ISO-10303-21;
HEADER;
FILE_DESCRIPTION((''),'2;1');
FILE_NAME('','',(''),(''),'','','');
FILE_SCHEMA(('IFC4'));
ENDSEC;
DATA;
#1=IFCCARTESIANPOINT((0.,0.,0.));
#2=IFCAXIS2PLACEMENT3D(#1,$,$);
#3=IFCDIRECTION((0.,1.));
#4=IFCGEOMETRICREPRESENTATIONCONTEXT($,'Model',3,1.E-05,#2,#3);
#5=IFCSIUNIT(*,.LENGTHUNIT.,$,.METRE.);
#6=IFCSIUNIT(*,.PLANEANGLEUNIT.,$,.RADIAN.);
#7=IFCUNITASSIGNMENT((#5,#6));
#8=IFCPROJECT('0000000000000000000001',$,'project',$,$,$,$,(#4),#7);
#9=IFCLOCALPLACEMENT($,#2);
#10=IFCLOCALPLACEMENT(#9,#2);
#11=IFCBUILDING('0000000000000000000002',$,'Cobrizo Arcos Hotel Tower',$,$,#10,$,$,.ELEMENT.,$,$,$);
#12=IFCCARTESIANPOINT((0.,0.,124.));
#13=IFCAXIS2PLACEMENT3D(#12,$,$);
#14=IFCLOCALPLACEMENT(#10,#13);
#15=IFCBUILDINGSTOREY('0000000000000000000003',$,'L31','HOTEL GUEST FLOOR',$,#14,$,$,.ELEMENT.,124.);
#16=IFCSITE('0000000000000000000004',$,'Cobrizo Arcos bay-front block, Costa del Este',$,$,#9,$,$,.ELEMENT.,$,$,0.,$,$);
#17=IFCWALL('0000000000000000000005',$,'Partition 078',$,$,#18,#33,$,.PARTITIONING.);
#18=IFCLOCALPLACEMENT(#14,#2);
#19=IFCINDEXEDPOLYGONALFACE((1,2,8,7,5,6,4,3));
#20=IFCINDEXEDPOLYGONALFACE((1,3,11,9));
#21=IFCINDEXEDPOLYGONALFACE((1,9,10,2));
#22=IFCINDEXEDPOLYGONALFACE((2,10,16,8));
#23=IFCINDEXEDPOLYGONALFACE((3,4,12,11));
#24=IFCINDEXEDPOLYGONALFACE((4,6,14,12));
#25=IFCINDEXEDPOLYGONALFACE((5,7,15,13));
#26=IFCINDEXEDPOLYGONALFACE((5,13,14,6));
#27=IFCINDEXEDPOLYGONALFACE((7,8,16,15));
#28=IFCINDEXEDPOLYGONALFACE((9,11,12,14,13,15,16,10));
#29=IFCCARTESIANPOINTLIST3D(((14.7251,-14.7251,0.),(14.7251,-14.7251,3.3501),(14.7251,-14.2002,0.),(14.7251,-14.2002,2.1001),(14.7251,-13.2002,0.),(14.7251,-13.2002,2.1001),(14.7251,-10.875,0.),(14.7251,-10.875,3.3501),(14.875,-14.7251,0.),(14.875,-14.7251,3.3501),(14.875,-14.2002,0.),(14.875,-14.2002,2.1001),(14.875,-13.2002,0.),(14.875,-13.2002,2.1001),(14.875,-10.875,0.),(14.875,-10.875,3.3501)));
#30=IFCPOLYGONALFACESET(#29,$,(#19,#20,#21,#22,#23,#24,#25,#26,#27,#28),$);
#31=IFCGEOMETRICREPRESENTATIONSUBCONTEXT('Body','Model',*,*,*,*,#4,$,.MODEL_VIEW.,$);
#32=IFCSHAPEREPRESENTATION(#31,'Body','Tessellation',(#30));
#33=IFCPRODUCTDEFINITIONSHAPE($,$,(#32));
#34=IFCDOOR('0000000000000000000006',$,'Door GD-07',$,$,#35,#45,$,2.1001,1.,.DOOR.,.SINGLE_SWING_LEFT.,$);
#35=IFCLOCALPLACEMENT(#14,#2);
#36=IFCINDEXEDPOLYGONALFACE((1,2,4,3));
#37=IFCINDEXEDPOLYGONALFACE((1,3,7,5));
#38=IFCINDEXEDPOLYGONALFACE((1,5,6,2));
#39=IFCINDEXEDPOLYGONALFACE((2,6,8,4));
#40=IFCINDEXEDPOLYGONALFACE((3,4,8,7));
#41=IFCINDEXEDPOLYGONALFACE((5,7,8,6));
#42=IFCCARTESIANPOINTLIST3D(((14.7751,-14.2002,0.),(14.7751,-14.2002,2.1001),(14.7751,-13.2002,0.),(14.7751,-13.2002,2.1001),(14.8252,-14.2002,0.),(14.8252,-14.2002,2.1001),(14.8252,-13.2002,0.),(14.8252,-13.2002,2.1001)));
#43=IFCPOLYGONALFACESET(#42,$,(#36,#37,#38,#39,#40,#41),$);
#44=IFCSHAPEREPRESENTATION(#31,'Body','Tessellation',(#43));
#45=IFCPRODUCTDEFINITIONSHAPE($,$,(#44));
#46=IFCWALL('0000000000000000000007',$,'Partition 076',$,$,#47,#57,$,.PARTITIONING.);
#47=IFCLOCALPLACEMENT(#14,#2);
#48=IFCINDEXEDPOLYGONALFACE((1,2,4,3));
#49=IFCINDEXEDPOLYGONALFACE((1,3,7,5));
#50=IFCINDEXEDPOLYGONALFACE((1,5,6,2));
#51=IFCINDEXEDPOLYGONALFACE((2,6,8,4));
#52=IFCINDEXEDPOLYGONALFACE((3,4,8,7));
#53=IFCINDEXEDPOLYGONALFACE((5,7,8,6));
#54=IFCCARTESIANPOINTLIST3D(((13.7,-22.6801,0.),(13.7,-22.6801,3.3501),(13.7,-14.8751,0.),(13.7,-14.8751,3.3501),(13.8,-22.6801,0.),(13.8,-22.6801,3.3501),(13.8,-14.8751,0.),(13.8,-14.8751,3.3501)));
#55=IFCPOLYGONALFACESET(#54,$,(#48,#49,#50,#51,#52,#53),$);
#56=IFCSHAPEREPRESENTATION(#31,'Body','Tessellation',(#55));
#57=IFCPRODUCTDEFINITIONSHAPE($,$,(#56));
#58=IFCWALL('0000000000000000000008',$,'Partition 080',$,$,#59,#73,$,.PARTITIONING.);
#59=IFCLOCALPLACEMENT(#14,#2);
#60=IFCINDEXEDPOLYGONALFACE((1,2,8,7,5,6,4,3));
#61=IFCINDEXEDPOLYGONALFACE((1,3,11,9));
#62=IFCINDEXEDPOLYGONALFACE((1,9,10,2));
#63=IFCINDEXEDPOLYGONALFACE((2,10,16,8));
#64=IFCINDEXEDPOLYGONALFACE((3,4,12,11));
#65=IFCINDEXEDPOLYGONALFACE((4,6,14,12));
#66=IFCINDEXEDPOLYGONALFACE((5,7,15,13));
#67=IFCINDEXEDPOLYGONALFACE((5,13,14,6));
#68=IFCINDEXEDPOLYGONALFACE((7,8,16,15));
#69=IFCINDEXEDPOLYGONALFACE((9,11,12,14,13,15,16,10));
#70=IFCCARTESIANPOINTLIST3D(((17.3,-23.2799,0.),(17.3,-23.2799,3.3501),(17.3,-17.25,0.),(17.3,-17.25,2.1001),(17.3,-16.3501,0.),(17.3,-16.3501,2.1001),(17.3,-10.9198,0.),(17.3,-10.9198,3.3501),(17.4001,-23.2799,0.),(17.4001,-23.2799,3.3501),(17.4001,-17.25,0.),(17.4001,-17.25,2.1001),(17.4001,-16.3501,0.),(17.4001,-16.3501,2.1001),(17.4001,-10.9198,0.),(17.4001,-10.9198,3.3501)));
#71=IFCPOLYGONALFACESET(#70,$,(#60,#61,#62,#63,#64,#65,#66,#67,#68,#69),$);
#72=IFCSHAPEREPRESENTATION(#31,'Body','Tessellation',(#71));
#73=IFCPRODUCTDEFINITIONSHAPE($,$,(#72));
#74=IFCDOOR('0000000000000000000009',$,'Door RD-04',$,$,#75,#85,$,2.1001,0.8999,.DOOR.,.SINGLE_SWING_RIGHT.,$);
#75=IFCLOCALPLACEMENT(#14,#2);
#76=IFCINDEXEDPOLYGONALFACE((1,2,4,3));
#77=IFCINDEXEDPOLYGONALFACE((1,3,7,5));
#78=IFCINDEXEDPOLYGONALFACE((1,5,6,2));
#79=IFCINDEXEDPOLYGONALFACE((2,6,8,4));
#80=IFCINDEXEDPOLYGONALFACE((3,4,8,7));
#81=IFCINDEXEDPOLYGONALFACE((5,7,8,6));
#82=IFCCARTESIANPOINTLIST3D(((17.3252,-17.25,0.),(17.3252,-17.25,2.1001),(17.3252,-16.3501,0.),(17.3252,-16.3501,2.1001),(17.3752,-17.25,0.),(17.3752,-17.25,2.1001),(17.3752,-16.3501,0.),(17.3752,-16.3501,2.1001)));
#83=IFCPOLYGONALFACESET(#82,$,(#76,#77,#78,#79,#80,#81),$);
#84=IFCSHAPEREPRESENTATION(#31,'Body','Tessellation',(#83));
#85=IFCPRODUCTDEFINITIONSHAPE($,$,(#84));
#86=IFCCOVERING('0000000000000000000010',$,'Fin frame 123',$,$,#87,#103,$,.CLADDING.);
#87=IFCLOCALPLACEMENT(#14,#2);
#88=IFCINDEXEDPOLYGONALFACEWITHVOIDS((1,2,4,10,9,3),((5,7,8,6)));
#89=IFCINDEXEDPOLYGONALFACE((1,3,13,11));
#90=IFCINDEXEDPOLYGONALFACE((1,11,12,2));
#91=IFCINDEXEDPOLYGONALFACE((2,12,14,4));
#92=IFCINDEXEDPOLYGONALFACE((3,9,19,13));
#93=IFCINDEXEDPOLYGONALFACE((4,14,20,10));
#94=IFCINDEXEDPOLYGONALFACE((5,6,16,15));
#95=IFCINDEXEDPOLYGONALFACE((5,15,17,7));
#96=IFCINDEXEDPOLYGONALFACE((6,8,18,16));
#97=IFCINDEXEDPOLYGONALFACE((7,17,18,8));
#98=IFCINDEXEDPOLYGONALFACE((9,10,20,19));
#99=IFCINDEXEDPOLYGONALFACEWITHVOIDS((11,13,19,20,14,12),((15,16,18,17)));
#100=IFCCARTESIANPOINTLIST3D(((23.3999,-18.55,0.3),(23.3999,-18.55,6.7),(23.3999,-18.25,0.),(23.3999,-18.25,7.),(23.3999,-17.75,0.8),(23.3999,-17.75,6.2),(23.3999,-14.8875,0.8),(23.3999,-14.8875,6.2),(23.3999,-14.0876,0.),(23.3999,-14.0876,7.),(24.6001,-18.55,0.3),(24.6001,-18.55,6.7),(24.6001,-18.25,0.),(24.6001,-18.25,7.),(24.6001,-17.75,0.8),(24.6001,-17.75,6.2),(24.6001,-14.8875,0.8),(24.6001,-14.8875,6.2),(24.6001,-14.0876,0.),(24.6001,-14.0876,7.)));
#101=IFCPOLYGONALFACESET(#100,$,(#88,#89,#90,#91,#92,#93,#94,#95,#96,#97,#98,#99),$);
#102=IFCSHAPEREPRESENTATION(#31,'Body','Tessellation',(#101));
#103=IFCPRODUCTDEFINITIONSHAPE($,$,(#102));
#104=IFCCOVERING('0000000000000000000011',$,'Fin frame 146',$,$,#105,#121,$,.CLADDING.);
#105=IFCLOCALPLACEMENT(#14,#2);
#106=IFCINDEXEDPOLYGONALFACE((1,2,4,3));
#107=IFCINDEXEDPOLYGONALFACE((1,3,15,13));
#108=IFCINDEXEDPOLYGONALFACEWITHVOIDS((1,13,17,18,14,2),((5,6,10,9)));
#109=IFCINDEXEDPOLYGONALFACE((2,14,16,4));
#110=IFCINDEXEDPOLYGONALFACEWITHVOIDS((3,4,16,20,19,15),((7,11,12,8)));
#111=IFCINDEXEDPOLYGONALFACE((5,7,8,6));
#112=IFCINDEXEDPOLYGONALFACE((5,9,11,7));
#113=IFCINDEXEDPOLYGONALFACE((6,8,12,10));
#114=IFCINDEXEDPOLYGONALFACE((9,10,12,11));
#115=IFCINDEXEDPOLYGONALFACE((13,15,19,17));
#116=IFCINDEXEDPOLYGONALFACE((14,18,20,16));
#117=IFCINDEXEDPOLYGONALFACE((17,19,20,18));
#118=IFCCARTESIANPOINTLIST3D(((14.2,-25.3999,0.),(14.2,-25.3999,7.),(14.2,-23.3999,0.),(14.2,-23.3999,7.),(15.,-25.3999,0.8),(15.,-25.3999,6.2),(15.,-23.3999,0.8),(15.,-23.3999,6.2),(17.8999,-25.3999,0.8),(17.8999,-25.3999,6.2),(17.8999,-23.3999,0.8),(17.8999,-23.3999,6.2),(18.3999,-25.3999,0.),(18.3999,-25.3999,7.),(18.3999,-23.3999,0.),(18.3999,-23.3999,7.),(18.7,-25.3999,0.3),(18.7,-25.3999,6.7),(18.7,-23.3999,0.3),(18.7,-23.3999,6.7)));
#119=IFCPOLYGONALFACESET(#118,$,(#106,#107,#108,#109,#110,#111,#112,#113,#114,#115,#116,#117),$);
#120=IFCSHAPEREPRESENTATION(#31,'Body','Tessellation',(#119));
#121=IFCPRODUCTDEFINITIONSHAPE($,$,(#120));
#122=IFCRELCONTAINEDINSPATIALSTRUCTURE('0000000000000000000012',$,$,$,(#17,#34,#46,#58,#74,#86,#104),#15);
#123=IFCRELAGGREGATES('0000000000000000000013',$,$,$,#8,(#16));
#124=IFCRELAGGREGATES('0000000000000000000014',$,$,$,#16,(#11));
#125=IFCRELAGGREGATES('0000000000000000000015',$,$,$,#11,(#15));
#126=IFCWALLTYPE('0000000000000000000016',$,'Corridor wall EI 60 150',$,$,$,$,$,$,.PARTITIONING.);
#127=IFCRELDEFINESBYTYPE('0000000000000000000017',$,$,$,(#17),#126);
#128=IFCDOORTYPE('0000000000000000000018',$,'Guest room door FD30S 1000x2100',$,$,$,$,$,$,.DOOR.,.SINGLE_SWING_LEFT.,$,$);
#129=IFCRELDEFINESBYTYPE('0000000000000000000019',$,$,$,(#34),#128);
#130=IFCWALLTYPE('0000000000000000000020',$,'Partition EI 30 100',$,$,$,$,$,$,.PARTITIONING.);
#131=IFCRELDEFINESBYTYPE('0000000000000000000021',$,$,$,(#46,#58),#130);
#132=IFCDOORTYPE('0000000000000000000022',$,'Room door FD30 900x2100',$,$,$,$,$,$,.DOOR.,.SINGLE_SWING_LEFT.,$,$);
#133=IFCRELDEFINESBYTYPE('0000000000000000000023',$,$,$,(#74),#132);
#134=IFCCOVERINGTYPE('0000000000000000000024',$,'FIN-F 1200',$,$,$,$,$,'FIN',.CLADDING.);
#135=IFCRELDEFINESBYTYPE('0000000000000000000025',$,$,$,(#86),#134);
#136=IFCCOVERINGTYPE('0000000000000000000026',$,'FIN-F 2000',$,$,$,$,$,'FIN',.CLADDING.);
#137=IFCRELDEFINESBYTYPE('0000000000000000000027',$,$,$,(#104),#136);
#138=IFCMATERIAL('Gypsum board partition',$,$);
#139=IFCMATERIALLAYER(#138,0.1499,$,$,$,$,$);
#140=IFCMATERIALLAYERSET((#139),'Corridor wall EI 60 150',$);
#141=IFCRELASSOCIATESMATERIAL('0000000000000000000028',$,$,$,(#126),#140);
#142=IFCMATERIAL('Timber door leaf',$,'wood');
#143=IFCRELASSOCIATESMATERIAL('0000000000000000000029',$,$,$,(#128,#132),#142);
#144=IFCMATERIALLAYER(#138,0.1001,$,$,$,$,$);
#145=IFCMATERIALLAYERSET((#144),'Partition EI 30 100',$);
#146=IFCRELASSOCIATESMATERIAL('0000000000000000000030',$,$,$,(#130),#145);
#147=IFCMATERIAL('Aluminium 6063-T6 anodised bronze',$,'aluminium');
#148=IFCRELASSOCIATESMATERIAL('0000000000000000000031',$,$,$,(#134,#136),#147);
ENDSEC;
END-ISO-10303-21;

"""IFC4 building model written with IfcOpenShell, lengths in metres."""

from ifc_helpers import new_model, si_unit, direction, frame, frame_2d, origin, place, context, subcontext, project, spatial, polyline, rectangle, outline, extrude, material, layer, layer_set, type_object, element, fill, save


model = new_model("IFC4")

# Units and contexts
model_context = context("Model", 3, precision=1e-05, world=origin(), true_north=direction((0.0, 1.0)))
body_context = subcontext(model_context, "Body", "Model", "MODEL_VIEW")
ifc_project = project(units=[si_unit("LENGTHUNIT", "METRE"), si_unit("PLANEANGLEUNIT", "RADIAN")], contexts=[model_context])

# Site, building, storey
site_placement = place(None, origin())
site = spatial("IfcSite", under=ifc_project, at=site_placement, Name="Cobrizo Arcos bay-front block, Costa del Este", CompositionType="ELEMENT", RefElevation=0.0)
building_placement = place(site_placement, origin())
building = spatial("IfcBuilding", under=site, at=building_placement, Name="Cobrizo Arcos Hotel Tower", CompositionType="ELEMENT")
storey_placement = place(building_placement, frame((0.0, 0.0, 124.0)))
storey = spatial("IfcBuildingStorey", under=building, at=storey_placement, Name="L31", Description="HOTEL GUEST FLOOR", CompositionType="ELEMENT", Elevation=124.0)

# Shared definitions
ifc_material_1 = material(Name="Aluminium 6063-T6 anodised bronze", Category="aluminium")

# Wall, opening, door
ifc_material_2 = material(Name="Gypsum board partition")
ifc_layer_1 = layer(ifc_material_2, 0.1499)
ifc_layer_set_1 = layer_set([ifc_layer_1], Name="Corridor wall EI 60 150")
wall_type_1 = type_object("IfcWallType", Name="Corridor wall EI 60 150", PredefinedType="PARTITIONING", material=ifc_layer_set_1)
wall_1_placement = place(storey_placement, frame((14.8, -14.7251, 0.0), z_axis=(0.0, 0.0, 1.0), x_axis=(0.0, 1.0, 0.0)))
wall_1 = element("IfcWall", 1, at=wall_1_placement, inside=storey, type_object=wall_type_1, Name="Partition 078", PredefinedType="PARTITIONING", context=body_context, shape_type="SweptSolid", body=[
    extrude(rectangle(XDim=3.8501, YDim=0.1499, at=frame_2d((1.925, 0.0))), origin(), (0.0, 0.0, 1.0), 3.3501),
])
opening_1_placement = place(wall_1_placement, frame((0.5249, 0.0, 0.0)))
opening_1 = element("IfcOpeningElement", 2, at=opening_1_placement, cuts=wall_1, PredefinedType="OPENING", context=body_context, shape_type="SweptSolid", body=[
    extrude(rectangle(XDim=1.0, YDim=2.1001, at=frame_2d((0.5, 1.05))), frame((0.0, 0.0869, 0.0), z_axis=(0.0, -1.0, 0.0), x_axis=(1.0, 0.0, 0.0)), (0.0, 0.0, 1.0), 0.1738),
])
ifc_material_3 = material(Name="Timber door leaf", Category="wood")
door_type_1 = type_object("IfcDoorType", Name="Guest room door FD30S 1000x2100", OperationType="SINGLE_SWING_LEFT", PredefinedType="DOOR", material=ifc_material_3)
door_1_placement = place(opening_1_placement, origin())
door_1 = element("IfcDoor", 3, at=door_1_placement, inside=storey, type_object=door_type_1, Name="Door GD-07", OperationType="SINGLE_SWING_LEFT", OverallHeight=2.1001, OverallWidth=1.0, PredefinedType="DOOR", context=body_context, shape_type="SweptSolid", body=[
    extrude(rectangle(XDim=1.0, YDim=2.1001, at=frame_2d((0.5, 1.05))), frame((0.0, 0.0249, 0.0), z_axis=(0.0, -1.0, 0.0), x_axis=(1.0, 0.0, 0.0)), (0.0, 0.0, 1.0), 0.05),
])
fill(opening_1, door_1)

# Wall
ifc_layer_2 = layer(ifc_material_2, 0.1001)
ifc_layer_set_2 = layer_set([ifc_layer_2], Name="Partition EI 30 100")
wall_type_2 = type_object("IfcWallType", Name="Partition EI 30 100", PredefinedType="PARTITIONING", material=ifc_layer_set_2)
wall_2_placement = place(storey_placement, frame((13.75, -22.6799, 0.0), z_axis=(0.0, 0.0, 1.0), x_axis=(0.0, 1.0, 0.0)))
element("IfcWall", 4, at=wall_2_placement, inside=storey, type_object=wall_type_2, Name="Partition 076", PredefinedType="PARTITIONING", context=body_context, shape_type="SweptSolid", body=[
    extrude(rectangle(XDim=7.8049, YDim=0.1001, at=frame_2d((3.9023, 0.0))), origin(), (0.0, 0.0, 1.0), 3.3501),
])

# Wall, opening, door
wall_3_placement = place(storey_placement, frame((17.3501, -23.28, 0.0), z_axis=(0.0, 0.0, 1.0), x_axis=(0.0, 1.0, 0.0)))
wall_3 = element("IfcWall", 5, at=wall_3_placement, inside=storey, type_object=wall_type_2, Name="Partition 080", PredefinedType="PARTITIONING", context=body_context, shape_type="SweptSolid", body=[
    extrude(rectangle(XDim=12.3601, YDim=0.1001, at=frame_2d((6.1802, 0.0))), origin(), (0.0, 0.0, 1.0), 3.3501),
])
opening_2_placement = place(wall_3_placement, frame((6.03, 0.0, 0.0)))
opening_2 = element("IfcOpeningElement", 6, at=opening_2_placement, cuts=wall_3, PredefinedType="OPENING", context=body_context, shape_type="SweptSolid", body=[
    extrude(rectangle(XDim=0.8999, YDim=2.1001, at=frame_2d((0.45, 1.05))), frame((0.0, 0.062, 0.0), z_axis=(0.0, -1.0, 0.0), x_axis=(1.0, 0.0, 0.0)), (0.0, 0.0, 1.0), 0.124),
])
door_type_2 = type_object("IfcDoorType", Name="Room door FD30 900x2100", OperationType="SINGLE_SWING_LEFT", PredefinedType="DOOR", material=ifc_material_3)
door_2_placement = place(opening_2_placement, origin())
door_2 = element("IfcDoor", 7, at=door_2_placement, inside=storey, type_object=door_type_2, Name="Door RD-04", OperationType="SINGLE_SWING_RIGHT", OverallHeight=2.1001, OverallWidth=0.8999, PredefinedType="DOOR", context=body_context, shape_type="SweptSolid", body=[
    extrude(rectangle(XDim=0.8999, YDim=2.1001, at=frame_2d((0.45, 1.05))), frame((0.0, 0.0249, 0.0), z_axis=(0.0, -1.0, 0.0), x_axis=(1.0, 0.0, 0.0)), (0.0, 0.0, 1.0), 0.05),
])
fill(opening_2, door_2)

# Coverings
covering_type_1 = type_object("IfcCoveringType", Name="FIN-F 1200", ElementType="FIN", PredefinedType="CLADDING", material=ifc_material_1)
covering_1_placement = place(storey_placement, frame((23.3999, -18.55, 0.0), z_axis=(1.0, 0.0, 0.0), x_axis=(0.0, 1.0, 0.0)))
element("IfcCovering", 8, at=covering_1_placement, inside=storey, type_object=covering_type_1, Name="Fin frame 123", PredefinedType="CLADDING", context=body_context, shape_type="SweptSolid", body=[
    extrude(outline(polyline([(0.0, 0.3), (0.3, 0.0), (4.4624, 0.0), (4.4624, 7.0), (0.3, 7.0), (0.0, 6.7), (0.0, 0.3)]), holes=[polyline([(3.6626, 0.8), (0.8, 0.8), (0.8, 6.2), (3.6626, 6.2), (3.6626, 0.8)])]), origin(), (0.0, 0.0, 1.0), 1.2002),
])
covering_type_2 = type_object("IfcCoveringType", Name="FIN-F 2000", ElementType="FIN", PredefinedType="CLADDING", material=ifc_material_1)
covering_2_placement = place(storey_placement, frame((14.2, -23.3999, 0.0), z_axis=(0.0, -1.0, 0.0), x_axis=(1.0, 0.0, 0.0)))
element("IfcCovering", 9, at=covering_2_placement, inside=storey, type_object=covering_type_2, Name="Fin frame 146", PredefinedType="CLADDING", context=body_context, shape_type="SweptSolid", body=[
    extrude(outline(polyline([(0.0, 7.0), (0.0, 0.0), (4.2, 0.0), (4.5, 0.3), (4.5, 6.7), (4.2, 7.0), (0.0, 7.0)]), holes=[polyline([(3.7, 0.8), (0.8, 0.8), (0.8, 6.2), (3.7, 6.2), (3.7, 0.8)])]), origin(), (0.0, 0.0, 1.0), 2.0),
])

save(model, "model.ifc")
